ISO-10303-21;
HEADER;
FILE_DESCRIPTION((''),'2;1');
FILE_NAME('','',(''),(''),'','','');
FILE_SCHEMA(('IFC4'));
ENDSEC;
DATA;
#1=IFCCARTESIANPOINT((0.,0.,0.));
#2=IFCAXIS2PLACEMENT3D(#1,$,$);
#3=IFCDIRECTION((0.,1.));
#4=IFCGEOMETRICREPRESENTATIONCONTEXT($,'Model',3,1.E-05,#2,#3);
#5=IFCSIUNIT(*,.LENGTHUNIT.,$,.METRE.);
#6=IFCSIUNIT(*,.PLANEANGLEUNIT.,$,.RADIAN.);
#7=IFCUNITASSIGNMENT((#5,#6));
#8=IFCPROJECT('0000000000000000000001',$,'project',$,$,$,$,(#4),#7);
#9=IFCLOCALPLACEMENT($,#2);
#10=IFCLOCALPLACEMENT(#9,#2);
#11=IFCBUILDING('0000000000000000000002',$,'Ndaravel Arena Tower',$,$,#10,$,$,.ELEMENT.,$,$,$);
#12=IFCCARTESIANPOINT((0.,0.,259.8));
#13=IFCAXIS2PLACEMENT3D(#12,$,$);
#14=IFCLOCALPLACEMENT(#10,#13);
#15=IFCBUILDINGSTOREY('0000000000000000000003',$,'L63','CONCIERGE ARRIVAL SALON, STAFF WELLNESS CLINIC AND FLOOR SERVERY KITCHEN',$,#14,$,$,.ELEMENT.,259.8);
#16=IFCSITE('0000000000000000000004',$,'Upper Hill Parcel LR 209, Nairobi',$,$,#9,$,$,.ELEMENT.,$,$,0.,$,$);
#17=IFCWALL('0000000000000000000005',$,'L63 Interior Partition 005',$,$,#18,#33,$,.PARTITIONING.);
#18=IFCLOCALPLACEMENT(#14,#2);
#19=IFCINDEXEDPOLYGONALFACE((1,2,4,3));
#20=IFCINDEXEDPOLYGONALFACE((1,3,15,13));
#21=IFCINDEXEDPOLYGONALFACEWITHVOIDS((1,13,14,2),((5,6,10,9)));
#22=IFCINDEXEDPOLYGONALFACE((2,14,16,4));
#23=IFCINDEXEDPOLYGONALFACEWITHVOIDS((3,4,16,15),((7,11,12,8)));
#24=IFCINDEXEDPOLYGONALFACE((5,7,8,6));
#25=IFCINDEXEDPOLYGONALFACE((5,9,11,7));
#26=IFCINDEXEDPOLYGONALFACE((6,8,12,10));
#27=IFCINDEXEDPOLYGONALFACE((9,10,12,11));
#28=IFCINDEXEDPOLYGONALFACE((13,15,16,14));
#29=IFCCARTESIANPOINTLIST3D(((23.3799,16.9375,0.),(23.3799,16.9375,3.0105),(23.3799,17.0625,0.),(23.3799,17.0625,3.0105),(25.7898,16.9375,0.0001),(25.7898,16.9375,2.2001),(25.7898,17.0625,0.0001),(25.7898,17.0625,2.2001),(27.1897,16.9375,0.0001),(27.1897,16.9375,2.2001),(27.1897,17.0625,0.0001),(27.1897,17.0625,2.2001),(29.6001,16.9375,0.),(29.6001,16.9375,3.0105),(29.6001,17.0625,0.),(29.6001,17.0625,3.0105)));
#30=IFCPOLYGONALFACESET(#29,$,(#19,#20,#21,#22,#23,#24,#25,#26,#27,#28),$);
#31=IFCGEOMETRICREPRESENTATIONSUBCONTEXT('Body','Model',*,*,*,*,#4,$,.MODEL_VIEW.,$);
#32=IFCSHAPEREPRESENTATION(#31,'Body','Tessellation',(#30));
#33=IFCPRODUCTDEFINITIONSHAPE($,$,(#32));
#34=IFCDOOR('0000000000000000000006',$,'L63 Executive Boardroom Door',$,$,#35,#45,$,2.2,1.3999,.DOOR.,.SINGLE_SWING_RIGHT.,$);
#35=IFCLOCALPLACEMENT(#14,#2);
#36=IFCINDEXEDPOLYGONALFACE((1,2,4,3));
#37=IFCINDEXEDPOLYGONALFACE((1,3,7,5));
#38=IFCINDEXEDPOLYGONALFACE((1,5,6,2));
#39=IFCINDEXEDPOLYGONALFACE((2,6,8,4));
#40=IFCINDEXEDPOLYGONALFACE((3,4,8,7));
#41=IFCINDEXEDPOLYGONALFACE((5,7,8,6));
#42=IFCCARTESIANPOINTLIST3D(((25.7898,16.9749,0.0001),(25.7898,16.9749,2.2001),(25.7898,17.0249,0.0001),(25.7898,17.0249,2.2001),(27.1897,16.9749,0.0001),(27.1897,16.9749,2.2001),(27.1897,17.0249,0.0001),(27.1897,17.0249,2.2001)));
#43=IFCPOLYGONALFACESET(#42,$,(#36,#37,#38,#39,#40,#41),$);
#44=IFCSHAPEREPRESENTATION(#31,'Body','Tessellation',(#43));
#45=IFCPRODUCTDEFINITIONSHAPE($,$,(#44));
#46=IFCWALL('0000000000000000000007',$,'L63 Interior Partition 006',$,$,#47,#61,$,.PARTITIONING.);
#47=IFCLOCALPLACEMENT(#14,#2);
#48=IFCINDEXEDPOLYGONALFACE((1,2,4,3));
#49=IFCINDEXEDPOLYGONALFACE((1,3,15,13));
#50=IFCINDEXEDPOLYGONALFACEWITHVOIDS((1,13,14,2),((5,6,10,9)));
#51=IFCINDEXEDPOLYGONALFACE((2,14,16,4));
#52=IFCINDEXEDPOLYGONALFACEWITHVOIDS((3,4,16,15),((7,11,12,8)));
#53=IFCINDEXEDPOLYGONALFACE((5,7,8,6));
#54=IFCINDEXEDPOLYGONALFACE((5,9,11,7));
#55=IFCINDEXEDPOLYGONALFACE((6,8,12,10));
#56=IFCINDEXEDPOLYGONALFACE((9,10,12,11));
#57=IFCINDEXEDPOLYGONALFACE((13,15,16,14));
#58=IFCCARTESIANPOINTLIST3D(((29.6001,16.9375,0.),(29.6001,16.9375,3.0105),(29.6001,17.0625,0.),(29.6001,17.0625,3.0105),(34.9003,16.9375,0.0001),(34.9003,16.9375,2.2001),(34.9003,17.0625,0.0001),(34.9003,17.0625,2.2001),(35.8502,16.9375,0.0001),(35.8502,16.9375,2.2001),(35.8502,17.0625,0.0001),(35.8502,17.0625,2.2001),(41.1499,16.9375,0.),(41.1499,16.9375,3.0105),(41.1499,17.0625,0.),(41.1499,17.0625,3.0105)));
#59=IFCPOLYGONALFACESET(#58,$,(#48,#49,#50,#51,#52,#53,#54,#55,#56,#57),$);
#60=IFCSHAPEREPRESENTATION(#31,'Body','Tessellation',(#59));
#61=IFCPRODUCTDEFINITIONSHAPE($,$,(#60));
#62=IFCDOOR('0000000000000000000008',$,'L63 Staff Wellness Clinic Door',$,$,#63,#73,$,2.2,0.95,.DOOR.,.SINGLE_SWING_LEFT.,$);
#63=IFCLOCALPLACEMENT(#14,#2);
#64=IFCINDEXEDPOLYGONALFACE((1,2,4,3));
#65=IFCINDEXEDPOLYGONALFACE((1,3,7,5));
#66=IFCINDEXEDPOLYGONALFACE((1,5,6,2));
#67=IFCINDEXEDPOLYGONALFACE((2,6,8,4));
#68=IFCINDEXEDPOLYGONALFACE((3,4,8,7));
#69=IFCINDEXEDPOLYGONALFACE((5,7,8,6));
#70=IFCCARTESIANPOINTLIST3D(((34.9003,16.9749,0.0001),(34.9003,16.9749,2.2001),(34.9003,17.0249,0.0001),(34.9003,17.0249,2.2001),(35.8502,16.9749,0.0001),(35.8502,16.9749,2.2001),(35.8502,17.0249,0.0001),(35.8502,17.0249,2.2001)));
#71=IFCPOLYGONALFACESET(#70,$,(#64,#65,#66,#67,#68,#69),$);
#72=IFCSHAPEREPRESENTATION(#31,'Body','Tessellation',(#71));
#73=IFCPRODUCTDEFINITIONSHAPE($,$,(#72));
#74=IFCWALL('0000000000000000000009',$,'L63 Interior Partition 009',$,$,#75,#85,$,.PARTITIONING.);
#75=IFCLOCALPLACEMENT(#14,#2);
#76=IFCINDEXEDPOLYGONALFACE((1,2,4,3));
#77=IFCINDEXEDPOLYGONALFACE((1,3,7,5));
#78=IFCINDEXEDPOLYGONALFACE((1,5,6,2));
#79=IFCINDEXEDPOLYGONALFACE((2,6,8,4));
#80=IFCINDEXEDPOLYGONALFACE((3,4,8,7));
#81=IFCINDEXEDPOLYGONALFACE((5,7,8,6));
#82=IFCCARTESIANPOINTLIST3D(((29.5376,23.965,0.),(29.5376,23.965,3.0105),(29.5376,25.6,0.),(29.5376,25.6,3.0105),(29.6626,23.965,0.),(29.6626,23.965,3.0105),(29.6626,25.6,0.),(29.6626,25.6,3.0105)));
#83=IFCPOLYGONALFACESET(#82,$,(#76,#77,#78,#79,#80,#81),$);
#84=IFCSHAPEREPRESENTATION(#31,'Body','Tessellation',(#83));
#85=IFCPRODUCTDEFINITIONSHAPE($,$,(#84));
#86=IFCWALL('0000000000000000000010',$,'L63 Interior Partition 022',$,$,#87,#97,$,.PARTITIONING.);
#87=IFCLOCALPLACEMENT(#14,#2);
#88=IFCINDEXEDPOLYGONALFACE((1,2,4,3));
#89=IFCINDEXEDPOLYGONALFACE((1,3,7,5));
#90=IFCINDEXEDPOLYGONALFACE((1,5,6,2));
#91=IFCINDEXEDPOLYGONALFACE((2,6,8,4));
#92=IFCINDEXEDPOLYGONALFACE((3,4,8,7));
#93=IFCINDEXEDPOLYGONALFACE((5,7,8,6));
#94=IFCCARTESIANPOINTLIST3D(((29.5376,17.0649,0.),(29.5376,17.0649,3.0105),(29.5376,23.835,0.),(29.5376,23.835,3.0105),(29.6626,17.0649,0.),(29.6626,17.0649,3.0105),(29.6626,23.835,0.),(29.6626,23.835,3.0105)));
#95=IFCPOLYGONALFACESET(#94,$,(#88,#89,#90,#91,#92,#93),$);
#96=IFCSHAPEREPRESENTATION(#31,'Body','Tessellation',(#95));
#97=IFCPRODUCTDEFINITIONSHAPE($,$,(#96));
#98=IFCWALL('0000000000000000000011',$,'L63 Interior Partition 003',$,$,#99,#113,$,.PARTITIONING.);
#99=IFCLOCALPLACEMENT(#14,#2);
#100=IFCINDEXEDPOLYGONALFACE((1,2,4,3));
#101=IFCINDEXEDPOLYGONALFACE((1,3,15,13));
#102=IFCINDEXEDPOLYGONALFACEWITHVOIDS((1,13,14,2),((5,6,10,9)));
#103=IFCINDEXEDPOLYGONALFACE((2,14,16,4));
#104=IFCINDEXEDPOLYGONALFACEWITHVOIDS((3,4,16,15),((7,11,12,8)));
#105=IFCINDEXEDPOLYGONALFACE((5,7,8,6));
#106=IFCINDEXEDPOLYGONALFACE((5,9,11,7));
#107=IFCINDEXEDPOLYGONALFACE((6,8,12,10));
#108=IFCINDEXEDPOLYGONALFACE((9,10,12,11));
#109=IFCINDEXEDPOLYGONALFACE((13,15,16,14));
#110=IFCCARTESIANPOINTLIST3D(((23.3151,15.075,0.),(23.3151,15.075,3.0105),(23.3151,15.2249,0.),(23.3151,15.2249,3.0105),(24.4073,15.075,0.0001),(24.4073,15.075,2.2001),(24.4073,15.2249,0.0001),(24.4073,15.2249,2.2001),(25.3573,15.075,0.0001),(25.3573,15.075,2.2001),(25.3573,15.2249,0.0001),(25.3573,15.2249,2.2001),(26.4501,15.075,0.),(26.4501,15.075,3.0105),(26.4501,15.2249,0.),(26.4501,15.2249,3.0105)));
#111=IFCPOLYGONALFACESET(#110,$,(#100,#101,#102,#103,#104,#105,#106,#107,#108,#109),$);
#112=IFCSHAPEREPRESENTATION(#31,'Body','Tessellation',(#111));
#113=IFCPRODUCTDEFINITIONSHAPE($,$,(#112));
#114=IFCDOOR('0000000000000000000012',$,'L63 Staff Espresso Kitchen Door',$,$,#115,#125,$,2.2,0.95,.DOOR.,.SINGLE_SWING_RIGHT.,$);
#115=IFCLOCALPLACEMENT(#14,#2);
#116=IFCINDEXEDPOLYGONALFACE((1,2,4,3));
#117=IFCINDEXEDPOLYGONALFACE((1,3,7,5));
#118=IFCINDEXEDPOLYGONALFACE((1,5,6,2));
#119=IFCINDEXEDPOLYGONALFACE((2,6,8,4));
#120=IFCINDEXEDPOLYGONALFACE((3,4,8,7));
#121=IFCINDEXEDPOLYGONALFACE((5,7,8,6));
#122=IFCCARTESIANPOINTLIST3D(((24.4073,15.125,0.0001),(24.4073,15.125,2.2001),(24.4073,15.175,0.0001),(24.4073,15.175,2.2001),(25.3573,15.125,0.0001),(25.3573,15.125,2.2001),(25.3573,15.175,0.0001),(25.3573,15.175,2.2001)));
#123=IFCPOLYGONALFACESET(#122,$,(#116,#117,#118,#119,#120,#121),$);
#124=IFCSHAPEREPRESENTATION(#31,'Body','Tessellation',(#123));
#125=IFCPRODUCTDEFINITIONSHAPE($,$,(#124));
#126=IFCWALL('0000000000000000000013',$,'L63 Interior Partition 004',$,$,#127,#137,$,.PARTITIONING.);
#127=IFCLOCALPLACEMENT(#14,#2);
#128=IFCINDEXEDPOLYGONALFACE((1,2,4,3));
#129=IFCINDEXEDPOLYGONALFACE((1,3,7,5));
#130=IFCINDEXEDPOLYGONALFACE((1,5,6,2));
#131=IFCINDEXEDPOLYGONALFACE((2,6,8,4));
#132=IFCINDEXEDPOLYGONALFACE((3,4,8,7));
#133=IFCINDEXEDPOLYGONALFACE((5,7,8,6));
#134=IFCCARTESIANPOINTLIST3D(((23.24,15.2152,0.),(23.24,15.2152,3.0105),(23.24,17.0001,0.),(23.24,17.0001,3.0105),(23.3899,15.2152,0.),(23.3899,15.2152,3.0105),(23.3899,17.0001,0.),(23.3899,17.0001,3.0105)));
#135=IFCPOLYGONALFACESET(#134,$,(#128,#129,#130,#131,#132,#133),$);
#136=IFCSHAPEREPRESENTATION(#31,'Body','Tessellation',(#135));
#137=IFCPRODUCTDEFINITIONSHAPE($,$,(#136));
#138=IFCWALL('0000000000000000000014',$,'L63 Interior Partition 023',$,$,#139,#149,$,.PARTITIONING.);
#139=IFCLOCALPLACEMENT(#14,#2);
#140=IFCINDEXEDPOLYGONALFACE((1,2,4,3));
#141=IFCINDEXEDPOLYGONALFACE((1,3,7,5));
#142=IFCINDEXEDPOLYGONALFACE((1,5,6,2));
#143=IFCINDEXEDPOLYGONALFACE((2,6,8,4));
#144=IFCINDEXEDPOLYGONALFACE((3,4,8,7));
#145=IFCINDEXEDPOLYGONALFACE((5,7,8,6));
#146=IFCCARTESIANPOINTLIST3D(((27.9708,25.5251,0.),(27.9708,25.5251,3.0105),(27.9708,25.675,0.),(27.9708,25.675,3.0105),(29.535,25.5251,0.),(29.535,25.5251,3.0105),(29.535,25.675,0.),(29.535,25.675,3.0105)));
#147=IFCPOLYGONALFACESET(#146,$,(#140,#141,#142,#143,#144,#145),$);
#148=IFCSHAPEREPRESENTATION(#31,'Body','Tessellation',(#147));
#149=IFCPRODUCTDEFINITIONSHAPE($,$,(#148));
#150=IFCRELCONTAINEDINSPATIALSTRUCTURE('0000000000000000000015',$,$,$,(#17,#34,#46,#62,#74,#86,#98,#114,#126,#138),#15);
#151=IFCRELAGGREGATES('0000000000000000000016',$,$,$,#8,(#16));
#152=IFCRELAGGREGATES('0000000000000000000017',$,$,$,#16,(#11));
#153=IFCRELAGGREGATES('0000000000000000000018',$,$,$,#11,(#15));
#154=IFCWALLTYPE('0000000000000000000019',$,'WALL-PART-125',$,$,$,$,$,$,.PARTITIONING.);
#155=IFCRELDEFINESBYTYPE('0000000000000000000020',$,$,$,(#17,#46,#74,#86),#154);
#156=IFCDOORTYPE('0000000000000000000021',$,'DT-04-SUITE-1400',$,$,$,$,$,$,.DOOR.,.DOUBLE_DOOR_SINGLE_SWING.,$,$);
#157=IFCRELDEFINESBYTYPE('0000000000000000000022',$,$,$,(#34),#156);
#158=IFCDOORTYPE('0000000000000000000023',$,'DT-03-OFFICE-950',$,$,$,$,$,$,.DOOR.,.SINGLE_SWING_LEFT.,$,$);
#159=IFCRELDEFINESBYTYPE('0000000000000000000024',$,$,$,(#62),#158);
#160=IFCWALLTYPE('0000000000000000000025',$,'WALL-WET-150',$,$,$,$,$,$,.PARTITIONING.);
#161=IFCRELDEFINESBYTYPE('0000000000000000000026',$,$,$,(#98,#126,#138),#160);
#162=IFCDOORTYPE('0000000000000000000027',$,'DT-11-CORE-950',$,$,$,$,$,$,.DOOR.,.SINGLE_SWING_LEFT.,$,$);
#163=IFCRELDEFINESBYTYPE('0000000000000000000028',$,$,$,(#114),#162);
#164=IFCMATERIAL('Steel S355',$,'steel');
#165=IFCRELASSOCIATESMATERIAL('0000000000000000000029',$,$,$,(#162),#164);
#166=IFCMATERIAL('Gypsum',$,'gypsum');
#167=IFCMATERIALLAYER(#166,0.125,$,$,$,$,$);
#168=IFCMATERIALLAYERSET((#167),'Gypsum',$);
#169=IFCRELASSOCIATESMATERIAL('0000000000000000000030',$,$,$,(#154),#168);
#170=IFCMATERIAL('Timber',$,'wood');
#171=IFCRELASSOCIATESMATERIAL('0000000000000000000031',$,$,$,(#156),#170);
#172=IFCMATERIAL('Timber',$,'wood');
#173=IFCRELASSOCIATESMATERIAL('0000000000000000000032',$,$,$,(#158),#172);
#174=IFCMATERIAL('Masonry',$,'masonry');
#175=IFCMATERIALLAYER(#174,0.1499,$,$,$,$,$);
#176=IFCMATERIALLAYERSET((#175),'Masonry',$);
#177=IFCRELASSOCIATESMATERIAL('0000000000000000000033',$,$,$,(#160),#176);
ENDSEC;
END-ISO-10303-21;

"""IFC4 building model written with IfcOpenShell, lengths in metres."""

from ifc_helpers import new_model, si_unit, direction, frame, frame_2d, origin, place, context, subcontext, project, spatial, rectangle, extrude, material, layer, layer_set, type_object, element, fill, save


model = new_model("IFC4")

# Units and contexts
model_context = context("Model", 3, precision=1e-05, world=origin(), true_north=direction((0.0, 1.0)))
body_context = subcontext(model_context, "Body", "Model", "MODEL_VIEW")
ifc_project = project(units=[si_unit("LENGTHUNIT", "METRE"), si_unit("PLANEANGLEUNIT", "RADIAN")], contexts=[model_context])

# Site, building, storey
site_placement = place(None, origin())
site = spatial("IfcSite", under=ifc_project, at=site_placement, Name="Upper Hill Parcel LR 209, Nairobi", CompositionType="ELEMENT", RefElevation=0.0)
building_placement = place(site_placement, origin())
building = spatial("IfcBuilding", under=site, at=building_placement, Name="Ndaravel Arena Tower", CompositionType="ELEMENT")
storey_placement = place(building_placement, frame((0.0, 0.0, 259.8)))
storey = spatial("IfcBuildingStorey", under=building, at=storey_placement, Name="L63", Description="CONCIERGE ARRIVAL SALON, STAFF WELLNESS CLINIC AND FLOOR SERVERY KITCHEN", CompositionType="ELEMENT", Elevation=259.8)

# Shared definitions
ifc_material_1 = material(Name="Steel S355", Category="steel")
door_type_1 = type_object("IfcDoorType", Name="DT-11-CORE-950", OperationType="SINGLE_SWING_LEFT", PredefinedType="DOOR", material=ifc_material_1)

# Walls, openings, doors
ifc_material_2 = material(Name="Gypsum", Category="gypsum")
ifc_layer_1 = layer(ifc_material_2, 0.125)
ifc_layer_set_1 = layer_set([ifc_layer_1], Name="Gypsum")
wall_type_1 = type_object("IfcWallType", Name="WALL-PART-125", PredefinedType="PARTITIONING", material=ifc_layer_set_1)
wall_1_placement = place(storey_placement, frame((23.3799, 17.0, 0.0), z_axis=(0.0, 0.0, 1.0), x_axis=(1.0, 0.0, 0.0)))
wall_1 = element("IfcWall", 1, at=wall_1_placement, inside=storey, type_object=wall_type_1, Name="L63 Interior Partition 005", PredefinedType="PARTITIONING", context=body_context, shape_type="SweptSolid", body=[
    extrude(rectangle(XDim=6.2202, YDim=0.125, at=frame_2d((3.1101, 0.0))), origin(), (0.0, 0.0, 1.0), 3.0105),
])
opening_1_placement = place(wall_1_placement, frame((2.4099, 0.0, 0.0)))
opening_1 = element("IfcOpeningElement", 2, at=opening_1_placement, cuts=wall_1, PredefinedType="OPENING", context=body_context, shape_type="SweptSolid", body=[
    extrude(rectangle(XDim=1.3999, YDim=2.2, at=frame_2d((0.7, 1.1001))), frame((0.0, 0.0625, 0.0), z_axis=(0.0, -1.0, 0.0), x_axis=(1.0, 0.0, 0.0)), (0.0, 0.0, 1.0), 0.125),
])
ifc_material_3 = material(Name="Timber", Category="wood")
door_type_2 = type_object("IfcDoorType", Name="DT-04-SUITE-1400", OperationType="DOUBLE_DOOR_SINGLE_SWING", PredefinedType="DOOR", material=ifc_material_3)
door_1_placement = place(opening_1_placement, origin())
door_1 = element("IfcDoor", 3, at=door_1_placement, inside=storey, type_object=door_type_2, Name="L63 Executive Boardroom Door", OperationType="SINGLE_SWING_RIGHT", OverallHeight=2.2, OverallWidth=1.3999, PredefinedType="DOOR", context=body_context, shape_type="SweptSolid", body=[
    extrude(rectangle(XDim=1.3999, YDim=2.2, at=frame_2d((0.7, 1.1001))), frame((0.0, 0.0249, 0.0), z_axis=(0.0, -1.0, 0.0), x_axis=(1.0, 0.0, 0.0)), (0.0, 0.0, 1.0), 0.05),
])
fill(opening_1, door_1)
wall_2_placement = place(storey_placement, frame((29.6001, 17.0, 0.0), z_axis=(0.0, 0.0, 1.0), x_axis=(1.0, 0.0, 0.0)))
wall_2 = element("IfcWall", 4, at=wall_2_placement, inside=storey, type_object=wall_type_1, Name="L63 Interior Partition 006", PredefinedType="PARTITIONING", context=body_context, shape_type="SweptSolid", body=[
    extrude(rectangle(XDim=11.5498, YDim=0.125, at=frame_2d((5.7749, 0.0))), origin(), (0.0, 0.0, 1.0), 3.0105),
])
opening_2_placement = place(wall_2_placement, frame((5.3, 0.0, 0.0)))
opening_2 = element("IfcOpeningElement", 5, at=opening_2_placement, cuts=wall_2, PredefinedType="OPENING", context=body_context, shape_type="SweptSolid", body=[
    extrude(rectangle(XDim=0.95, YDim=2.2, at=frame_2d((0.4751, 1.1001))), frame((0.0, 0.0625, 0.0), z_axis=(0.0, -1.0, 0.0), x_axis=(1.0, 0.0, 0.0)), (0.0, 0.0, 1.0), 0.125),
])
ifc_material_4 = material(Name="Timber", Category="wood")
door_type_3 = type_object("IfcDoorType", Name="DT-03-OFFICE-950", OperationType="SINGLE_SWING_LEFT", PredefinedType="DOOR", material=ifc_material_4)
door_2_placement = place(opening_2_placement, origin())
door_2 = element("IfcDoor", 6, at=door_2_placement, inside=storey, type_object=door_type_3, Name="L63 Staff Wellness Clinic Door", OperationType="SINGLE_SWING_LEFT", OverallHeight=2.2, OverallWidth=0.95, PredefinedType="DOOR", context=body_context, shape_type="SweptSolid", body=[
    extrude(rectangle(XDim=0.95, YDim=2.2, at=frame_2d((0.4751, 1.1001))), frame((0.0, 0.0249, 0.0), z_axis=(0.0, -1.0, 0.0), x_axis=(1.0, 0.0, 0.0)), (0.0, 0.0, 1.0), 0.05),
])
fill(opening_2, door_2)

# Walls
wall_3_placement = place(storey_placement, frame((29.6001, 23.9651, 0.0), z_axis=(0.0, 0.0, 1.0), x_axis=(0.0, 1.0, 0.0)))
element("IfcWall", 7, at=wall_3_placement, inside=storey, type_object=wall_type_1, Name="L63 Interior Partition 009", PredefinedType="PARTITIONING", context=body_context, shape_type="SweptSolid", body=[
    extrude(rectangle(XDim=1.635, YDim=0.125, at=frame_2d((0.8174, 0.0))), origin(), (0.0, 0.0, 1.0), 3.0105),
])
wall_4_placement = place(storey_placement, frame((29.6001, 23.835, 0.0), z_axis=(0.0, 0.0, 1.0), x_axis=(0.0, -1.0, 0.0)))
element("IfcWall", 8, at=wall_4_placement, inside=storey, type_object=wall_type_1, Name="L63 Interior Partition 022", PredefinedType="PARTITIONING", context=body_context, shape_type="SweptSolid", body=[
    extrude(rectangle(XDim=6.77, YDim=0.125, at=frame_2d((3.385, 0.0))), origin(), (0.0, 0.0, 1.0), 3.0105),
])

# Wall, opening, door
ifc_material_5 = material(Name="Masonry", Category="masonry")
ifc_layer_2 = layer(ifc_material_5, 0.1499)
ifc_layer_set_2 = layer_set([ifc_layer_2], Name="Masonry")
wall_type_2 = type_object("IfcWallType", Name="WALL-WET-150", PredefinedType="PARTITIONING", material=ifc_layer_set_2)
wall_5_placement = place(storey_placement, frame((26.45, 15.1499, 0.0), z_axis=(0.0, 0.0, 1.0), x_axis=(-1.0, 0.0, 0.0)))
wall_5 = element("IfcWall", 9, at=wall_5_placement, inside=storey, type_object=wall_type_2, Name="L63 Interior Partition 003", PredefinedType="PARTITIONING", context=body_context, shape_type="SweptSolid", body=[
    extrude(rectangle(XDim=3.135, YDim=0.1499, at=frame_2d((1.5674, 0.0))), origin(), (0.0, 0.0, 1.0), 3.0105),
])
opening_3_placement = place(wall_5_placement, frame((1.0925, 0.0, 0.0)))
opening_3 = element("IfcOpeningElement", 10, at=opening_3_placement, cuts=wall_5, PredefinedType="OPENING", context=body_context, shape_type="SweptSolid", body=[
    extrude(rectangle(XDim=0.95, YDim=2.2, at=frame_2d((0.4751, 1.1001))), frame((0.0, 0.075, 0.0), z_axis=(0.0, -1.0, 0.0), x_axis=(1.0, 0.0, 0.0)), (0.0, 0.0, 1.0), 0.1499),
])
door_3_placement = place(opening_3_placement, origin())
door_3 = element("IfcDoor", 11, at=door_3_placement, inside=storey, type_object=door_type_1, Name="L63 Staff Espresso Kitchen Door", OperationType="SINGLE_SWING_RIGHT", OverallHeight=2.2, OverallWidth=0.95, PredefinedType="DOOR", context=body_context, shape_type="SweptSolid", body=[
    extrude(rectangle(XDim=0.95, YDim=2.2, at=frame_2d((0.4751, 1.1001))), frame((0.0, 0.0249, 0.0), z_axis=(0.0, -1.0, 0.0), x_axis=(1.0, 0.0, 0.0)), (0.0, 0.0, 1.0), 0.05),
])
fill(opening_3, door_3)

# Walls
wall_6_placement = place(storey_placement, frame((23.3149, 15.2151, 0.0), z_axis=(0.0, 0.0, 1.0), x_axis=(0.0, 1.0, 0.0)))
element("IfcWall", 12, at=wall_6_placement, inside=storey, type_object=wall_type_2, Name="L63 Interior Partition 004", PredefinedType="PARTITIONING", context=body_context, shape_type="SweptSolid", body=[
    extrude(rectangle(XDim=1.7849, YDim=0.1499, at=frame_2d((0.8926, 0.0))), origin(), (0.0, 0.0, 1.0), 3.0105),
])
wall_7_placement = place(storey_placement, frame((27.9707, 25.6001, 0.0), z_axis=(0.0, 0.0, 1.0), x_axis=(1.0, 0.0, 0.0)))
element("IfcWall", 13, at=wall_7_placement, inside=storey, type_object=wall_type_2, Name="L63 Interior Partition 023", PredefinedType="PARTITIONING", context=body_context, shape_type="SweptSolid", body=[
    extrude(rectangle(XDim=1.5642, YDim=0.1499, at=frame_2d((0.7822, 0.0))), origin(), (0.0, 0.0, 1.0), 3.0105),
])

save(model, "model.ifc")
